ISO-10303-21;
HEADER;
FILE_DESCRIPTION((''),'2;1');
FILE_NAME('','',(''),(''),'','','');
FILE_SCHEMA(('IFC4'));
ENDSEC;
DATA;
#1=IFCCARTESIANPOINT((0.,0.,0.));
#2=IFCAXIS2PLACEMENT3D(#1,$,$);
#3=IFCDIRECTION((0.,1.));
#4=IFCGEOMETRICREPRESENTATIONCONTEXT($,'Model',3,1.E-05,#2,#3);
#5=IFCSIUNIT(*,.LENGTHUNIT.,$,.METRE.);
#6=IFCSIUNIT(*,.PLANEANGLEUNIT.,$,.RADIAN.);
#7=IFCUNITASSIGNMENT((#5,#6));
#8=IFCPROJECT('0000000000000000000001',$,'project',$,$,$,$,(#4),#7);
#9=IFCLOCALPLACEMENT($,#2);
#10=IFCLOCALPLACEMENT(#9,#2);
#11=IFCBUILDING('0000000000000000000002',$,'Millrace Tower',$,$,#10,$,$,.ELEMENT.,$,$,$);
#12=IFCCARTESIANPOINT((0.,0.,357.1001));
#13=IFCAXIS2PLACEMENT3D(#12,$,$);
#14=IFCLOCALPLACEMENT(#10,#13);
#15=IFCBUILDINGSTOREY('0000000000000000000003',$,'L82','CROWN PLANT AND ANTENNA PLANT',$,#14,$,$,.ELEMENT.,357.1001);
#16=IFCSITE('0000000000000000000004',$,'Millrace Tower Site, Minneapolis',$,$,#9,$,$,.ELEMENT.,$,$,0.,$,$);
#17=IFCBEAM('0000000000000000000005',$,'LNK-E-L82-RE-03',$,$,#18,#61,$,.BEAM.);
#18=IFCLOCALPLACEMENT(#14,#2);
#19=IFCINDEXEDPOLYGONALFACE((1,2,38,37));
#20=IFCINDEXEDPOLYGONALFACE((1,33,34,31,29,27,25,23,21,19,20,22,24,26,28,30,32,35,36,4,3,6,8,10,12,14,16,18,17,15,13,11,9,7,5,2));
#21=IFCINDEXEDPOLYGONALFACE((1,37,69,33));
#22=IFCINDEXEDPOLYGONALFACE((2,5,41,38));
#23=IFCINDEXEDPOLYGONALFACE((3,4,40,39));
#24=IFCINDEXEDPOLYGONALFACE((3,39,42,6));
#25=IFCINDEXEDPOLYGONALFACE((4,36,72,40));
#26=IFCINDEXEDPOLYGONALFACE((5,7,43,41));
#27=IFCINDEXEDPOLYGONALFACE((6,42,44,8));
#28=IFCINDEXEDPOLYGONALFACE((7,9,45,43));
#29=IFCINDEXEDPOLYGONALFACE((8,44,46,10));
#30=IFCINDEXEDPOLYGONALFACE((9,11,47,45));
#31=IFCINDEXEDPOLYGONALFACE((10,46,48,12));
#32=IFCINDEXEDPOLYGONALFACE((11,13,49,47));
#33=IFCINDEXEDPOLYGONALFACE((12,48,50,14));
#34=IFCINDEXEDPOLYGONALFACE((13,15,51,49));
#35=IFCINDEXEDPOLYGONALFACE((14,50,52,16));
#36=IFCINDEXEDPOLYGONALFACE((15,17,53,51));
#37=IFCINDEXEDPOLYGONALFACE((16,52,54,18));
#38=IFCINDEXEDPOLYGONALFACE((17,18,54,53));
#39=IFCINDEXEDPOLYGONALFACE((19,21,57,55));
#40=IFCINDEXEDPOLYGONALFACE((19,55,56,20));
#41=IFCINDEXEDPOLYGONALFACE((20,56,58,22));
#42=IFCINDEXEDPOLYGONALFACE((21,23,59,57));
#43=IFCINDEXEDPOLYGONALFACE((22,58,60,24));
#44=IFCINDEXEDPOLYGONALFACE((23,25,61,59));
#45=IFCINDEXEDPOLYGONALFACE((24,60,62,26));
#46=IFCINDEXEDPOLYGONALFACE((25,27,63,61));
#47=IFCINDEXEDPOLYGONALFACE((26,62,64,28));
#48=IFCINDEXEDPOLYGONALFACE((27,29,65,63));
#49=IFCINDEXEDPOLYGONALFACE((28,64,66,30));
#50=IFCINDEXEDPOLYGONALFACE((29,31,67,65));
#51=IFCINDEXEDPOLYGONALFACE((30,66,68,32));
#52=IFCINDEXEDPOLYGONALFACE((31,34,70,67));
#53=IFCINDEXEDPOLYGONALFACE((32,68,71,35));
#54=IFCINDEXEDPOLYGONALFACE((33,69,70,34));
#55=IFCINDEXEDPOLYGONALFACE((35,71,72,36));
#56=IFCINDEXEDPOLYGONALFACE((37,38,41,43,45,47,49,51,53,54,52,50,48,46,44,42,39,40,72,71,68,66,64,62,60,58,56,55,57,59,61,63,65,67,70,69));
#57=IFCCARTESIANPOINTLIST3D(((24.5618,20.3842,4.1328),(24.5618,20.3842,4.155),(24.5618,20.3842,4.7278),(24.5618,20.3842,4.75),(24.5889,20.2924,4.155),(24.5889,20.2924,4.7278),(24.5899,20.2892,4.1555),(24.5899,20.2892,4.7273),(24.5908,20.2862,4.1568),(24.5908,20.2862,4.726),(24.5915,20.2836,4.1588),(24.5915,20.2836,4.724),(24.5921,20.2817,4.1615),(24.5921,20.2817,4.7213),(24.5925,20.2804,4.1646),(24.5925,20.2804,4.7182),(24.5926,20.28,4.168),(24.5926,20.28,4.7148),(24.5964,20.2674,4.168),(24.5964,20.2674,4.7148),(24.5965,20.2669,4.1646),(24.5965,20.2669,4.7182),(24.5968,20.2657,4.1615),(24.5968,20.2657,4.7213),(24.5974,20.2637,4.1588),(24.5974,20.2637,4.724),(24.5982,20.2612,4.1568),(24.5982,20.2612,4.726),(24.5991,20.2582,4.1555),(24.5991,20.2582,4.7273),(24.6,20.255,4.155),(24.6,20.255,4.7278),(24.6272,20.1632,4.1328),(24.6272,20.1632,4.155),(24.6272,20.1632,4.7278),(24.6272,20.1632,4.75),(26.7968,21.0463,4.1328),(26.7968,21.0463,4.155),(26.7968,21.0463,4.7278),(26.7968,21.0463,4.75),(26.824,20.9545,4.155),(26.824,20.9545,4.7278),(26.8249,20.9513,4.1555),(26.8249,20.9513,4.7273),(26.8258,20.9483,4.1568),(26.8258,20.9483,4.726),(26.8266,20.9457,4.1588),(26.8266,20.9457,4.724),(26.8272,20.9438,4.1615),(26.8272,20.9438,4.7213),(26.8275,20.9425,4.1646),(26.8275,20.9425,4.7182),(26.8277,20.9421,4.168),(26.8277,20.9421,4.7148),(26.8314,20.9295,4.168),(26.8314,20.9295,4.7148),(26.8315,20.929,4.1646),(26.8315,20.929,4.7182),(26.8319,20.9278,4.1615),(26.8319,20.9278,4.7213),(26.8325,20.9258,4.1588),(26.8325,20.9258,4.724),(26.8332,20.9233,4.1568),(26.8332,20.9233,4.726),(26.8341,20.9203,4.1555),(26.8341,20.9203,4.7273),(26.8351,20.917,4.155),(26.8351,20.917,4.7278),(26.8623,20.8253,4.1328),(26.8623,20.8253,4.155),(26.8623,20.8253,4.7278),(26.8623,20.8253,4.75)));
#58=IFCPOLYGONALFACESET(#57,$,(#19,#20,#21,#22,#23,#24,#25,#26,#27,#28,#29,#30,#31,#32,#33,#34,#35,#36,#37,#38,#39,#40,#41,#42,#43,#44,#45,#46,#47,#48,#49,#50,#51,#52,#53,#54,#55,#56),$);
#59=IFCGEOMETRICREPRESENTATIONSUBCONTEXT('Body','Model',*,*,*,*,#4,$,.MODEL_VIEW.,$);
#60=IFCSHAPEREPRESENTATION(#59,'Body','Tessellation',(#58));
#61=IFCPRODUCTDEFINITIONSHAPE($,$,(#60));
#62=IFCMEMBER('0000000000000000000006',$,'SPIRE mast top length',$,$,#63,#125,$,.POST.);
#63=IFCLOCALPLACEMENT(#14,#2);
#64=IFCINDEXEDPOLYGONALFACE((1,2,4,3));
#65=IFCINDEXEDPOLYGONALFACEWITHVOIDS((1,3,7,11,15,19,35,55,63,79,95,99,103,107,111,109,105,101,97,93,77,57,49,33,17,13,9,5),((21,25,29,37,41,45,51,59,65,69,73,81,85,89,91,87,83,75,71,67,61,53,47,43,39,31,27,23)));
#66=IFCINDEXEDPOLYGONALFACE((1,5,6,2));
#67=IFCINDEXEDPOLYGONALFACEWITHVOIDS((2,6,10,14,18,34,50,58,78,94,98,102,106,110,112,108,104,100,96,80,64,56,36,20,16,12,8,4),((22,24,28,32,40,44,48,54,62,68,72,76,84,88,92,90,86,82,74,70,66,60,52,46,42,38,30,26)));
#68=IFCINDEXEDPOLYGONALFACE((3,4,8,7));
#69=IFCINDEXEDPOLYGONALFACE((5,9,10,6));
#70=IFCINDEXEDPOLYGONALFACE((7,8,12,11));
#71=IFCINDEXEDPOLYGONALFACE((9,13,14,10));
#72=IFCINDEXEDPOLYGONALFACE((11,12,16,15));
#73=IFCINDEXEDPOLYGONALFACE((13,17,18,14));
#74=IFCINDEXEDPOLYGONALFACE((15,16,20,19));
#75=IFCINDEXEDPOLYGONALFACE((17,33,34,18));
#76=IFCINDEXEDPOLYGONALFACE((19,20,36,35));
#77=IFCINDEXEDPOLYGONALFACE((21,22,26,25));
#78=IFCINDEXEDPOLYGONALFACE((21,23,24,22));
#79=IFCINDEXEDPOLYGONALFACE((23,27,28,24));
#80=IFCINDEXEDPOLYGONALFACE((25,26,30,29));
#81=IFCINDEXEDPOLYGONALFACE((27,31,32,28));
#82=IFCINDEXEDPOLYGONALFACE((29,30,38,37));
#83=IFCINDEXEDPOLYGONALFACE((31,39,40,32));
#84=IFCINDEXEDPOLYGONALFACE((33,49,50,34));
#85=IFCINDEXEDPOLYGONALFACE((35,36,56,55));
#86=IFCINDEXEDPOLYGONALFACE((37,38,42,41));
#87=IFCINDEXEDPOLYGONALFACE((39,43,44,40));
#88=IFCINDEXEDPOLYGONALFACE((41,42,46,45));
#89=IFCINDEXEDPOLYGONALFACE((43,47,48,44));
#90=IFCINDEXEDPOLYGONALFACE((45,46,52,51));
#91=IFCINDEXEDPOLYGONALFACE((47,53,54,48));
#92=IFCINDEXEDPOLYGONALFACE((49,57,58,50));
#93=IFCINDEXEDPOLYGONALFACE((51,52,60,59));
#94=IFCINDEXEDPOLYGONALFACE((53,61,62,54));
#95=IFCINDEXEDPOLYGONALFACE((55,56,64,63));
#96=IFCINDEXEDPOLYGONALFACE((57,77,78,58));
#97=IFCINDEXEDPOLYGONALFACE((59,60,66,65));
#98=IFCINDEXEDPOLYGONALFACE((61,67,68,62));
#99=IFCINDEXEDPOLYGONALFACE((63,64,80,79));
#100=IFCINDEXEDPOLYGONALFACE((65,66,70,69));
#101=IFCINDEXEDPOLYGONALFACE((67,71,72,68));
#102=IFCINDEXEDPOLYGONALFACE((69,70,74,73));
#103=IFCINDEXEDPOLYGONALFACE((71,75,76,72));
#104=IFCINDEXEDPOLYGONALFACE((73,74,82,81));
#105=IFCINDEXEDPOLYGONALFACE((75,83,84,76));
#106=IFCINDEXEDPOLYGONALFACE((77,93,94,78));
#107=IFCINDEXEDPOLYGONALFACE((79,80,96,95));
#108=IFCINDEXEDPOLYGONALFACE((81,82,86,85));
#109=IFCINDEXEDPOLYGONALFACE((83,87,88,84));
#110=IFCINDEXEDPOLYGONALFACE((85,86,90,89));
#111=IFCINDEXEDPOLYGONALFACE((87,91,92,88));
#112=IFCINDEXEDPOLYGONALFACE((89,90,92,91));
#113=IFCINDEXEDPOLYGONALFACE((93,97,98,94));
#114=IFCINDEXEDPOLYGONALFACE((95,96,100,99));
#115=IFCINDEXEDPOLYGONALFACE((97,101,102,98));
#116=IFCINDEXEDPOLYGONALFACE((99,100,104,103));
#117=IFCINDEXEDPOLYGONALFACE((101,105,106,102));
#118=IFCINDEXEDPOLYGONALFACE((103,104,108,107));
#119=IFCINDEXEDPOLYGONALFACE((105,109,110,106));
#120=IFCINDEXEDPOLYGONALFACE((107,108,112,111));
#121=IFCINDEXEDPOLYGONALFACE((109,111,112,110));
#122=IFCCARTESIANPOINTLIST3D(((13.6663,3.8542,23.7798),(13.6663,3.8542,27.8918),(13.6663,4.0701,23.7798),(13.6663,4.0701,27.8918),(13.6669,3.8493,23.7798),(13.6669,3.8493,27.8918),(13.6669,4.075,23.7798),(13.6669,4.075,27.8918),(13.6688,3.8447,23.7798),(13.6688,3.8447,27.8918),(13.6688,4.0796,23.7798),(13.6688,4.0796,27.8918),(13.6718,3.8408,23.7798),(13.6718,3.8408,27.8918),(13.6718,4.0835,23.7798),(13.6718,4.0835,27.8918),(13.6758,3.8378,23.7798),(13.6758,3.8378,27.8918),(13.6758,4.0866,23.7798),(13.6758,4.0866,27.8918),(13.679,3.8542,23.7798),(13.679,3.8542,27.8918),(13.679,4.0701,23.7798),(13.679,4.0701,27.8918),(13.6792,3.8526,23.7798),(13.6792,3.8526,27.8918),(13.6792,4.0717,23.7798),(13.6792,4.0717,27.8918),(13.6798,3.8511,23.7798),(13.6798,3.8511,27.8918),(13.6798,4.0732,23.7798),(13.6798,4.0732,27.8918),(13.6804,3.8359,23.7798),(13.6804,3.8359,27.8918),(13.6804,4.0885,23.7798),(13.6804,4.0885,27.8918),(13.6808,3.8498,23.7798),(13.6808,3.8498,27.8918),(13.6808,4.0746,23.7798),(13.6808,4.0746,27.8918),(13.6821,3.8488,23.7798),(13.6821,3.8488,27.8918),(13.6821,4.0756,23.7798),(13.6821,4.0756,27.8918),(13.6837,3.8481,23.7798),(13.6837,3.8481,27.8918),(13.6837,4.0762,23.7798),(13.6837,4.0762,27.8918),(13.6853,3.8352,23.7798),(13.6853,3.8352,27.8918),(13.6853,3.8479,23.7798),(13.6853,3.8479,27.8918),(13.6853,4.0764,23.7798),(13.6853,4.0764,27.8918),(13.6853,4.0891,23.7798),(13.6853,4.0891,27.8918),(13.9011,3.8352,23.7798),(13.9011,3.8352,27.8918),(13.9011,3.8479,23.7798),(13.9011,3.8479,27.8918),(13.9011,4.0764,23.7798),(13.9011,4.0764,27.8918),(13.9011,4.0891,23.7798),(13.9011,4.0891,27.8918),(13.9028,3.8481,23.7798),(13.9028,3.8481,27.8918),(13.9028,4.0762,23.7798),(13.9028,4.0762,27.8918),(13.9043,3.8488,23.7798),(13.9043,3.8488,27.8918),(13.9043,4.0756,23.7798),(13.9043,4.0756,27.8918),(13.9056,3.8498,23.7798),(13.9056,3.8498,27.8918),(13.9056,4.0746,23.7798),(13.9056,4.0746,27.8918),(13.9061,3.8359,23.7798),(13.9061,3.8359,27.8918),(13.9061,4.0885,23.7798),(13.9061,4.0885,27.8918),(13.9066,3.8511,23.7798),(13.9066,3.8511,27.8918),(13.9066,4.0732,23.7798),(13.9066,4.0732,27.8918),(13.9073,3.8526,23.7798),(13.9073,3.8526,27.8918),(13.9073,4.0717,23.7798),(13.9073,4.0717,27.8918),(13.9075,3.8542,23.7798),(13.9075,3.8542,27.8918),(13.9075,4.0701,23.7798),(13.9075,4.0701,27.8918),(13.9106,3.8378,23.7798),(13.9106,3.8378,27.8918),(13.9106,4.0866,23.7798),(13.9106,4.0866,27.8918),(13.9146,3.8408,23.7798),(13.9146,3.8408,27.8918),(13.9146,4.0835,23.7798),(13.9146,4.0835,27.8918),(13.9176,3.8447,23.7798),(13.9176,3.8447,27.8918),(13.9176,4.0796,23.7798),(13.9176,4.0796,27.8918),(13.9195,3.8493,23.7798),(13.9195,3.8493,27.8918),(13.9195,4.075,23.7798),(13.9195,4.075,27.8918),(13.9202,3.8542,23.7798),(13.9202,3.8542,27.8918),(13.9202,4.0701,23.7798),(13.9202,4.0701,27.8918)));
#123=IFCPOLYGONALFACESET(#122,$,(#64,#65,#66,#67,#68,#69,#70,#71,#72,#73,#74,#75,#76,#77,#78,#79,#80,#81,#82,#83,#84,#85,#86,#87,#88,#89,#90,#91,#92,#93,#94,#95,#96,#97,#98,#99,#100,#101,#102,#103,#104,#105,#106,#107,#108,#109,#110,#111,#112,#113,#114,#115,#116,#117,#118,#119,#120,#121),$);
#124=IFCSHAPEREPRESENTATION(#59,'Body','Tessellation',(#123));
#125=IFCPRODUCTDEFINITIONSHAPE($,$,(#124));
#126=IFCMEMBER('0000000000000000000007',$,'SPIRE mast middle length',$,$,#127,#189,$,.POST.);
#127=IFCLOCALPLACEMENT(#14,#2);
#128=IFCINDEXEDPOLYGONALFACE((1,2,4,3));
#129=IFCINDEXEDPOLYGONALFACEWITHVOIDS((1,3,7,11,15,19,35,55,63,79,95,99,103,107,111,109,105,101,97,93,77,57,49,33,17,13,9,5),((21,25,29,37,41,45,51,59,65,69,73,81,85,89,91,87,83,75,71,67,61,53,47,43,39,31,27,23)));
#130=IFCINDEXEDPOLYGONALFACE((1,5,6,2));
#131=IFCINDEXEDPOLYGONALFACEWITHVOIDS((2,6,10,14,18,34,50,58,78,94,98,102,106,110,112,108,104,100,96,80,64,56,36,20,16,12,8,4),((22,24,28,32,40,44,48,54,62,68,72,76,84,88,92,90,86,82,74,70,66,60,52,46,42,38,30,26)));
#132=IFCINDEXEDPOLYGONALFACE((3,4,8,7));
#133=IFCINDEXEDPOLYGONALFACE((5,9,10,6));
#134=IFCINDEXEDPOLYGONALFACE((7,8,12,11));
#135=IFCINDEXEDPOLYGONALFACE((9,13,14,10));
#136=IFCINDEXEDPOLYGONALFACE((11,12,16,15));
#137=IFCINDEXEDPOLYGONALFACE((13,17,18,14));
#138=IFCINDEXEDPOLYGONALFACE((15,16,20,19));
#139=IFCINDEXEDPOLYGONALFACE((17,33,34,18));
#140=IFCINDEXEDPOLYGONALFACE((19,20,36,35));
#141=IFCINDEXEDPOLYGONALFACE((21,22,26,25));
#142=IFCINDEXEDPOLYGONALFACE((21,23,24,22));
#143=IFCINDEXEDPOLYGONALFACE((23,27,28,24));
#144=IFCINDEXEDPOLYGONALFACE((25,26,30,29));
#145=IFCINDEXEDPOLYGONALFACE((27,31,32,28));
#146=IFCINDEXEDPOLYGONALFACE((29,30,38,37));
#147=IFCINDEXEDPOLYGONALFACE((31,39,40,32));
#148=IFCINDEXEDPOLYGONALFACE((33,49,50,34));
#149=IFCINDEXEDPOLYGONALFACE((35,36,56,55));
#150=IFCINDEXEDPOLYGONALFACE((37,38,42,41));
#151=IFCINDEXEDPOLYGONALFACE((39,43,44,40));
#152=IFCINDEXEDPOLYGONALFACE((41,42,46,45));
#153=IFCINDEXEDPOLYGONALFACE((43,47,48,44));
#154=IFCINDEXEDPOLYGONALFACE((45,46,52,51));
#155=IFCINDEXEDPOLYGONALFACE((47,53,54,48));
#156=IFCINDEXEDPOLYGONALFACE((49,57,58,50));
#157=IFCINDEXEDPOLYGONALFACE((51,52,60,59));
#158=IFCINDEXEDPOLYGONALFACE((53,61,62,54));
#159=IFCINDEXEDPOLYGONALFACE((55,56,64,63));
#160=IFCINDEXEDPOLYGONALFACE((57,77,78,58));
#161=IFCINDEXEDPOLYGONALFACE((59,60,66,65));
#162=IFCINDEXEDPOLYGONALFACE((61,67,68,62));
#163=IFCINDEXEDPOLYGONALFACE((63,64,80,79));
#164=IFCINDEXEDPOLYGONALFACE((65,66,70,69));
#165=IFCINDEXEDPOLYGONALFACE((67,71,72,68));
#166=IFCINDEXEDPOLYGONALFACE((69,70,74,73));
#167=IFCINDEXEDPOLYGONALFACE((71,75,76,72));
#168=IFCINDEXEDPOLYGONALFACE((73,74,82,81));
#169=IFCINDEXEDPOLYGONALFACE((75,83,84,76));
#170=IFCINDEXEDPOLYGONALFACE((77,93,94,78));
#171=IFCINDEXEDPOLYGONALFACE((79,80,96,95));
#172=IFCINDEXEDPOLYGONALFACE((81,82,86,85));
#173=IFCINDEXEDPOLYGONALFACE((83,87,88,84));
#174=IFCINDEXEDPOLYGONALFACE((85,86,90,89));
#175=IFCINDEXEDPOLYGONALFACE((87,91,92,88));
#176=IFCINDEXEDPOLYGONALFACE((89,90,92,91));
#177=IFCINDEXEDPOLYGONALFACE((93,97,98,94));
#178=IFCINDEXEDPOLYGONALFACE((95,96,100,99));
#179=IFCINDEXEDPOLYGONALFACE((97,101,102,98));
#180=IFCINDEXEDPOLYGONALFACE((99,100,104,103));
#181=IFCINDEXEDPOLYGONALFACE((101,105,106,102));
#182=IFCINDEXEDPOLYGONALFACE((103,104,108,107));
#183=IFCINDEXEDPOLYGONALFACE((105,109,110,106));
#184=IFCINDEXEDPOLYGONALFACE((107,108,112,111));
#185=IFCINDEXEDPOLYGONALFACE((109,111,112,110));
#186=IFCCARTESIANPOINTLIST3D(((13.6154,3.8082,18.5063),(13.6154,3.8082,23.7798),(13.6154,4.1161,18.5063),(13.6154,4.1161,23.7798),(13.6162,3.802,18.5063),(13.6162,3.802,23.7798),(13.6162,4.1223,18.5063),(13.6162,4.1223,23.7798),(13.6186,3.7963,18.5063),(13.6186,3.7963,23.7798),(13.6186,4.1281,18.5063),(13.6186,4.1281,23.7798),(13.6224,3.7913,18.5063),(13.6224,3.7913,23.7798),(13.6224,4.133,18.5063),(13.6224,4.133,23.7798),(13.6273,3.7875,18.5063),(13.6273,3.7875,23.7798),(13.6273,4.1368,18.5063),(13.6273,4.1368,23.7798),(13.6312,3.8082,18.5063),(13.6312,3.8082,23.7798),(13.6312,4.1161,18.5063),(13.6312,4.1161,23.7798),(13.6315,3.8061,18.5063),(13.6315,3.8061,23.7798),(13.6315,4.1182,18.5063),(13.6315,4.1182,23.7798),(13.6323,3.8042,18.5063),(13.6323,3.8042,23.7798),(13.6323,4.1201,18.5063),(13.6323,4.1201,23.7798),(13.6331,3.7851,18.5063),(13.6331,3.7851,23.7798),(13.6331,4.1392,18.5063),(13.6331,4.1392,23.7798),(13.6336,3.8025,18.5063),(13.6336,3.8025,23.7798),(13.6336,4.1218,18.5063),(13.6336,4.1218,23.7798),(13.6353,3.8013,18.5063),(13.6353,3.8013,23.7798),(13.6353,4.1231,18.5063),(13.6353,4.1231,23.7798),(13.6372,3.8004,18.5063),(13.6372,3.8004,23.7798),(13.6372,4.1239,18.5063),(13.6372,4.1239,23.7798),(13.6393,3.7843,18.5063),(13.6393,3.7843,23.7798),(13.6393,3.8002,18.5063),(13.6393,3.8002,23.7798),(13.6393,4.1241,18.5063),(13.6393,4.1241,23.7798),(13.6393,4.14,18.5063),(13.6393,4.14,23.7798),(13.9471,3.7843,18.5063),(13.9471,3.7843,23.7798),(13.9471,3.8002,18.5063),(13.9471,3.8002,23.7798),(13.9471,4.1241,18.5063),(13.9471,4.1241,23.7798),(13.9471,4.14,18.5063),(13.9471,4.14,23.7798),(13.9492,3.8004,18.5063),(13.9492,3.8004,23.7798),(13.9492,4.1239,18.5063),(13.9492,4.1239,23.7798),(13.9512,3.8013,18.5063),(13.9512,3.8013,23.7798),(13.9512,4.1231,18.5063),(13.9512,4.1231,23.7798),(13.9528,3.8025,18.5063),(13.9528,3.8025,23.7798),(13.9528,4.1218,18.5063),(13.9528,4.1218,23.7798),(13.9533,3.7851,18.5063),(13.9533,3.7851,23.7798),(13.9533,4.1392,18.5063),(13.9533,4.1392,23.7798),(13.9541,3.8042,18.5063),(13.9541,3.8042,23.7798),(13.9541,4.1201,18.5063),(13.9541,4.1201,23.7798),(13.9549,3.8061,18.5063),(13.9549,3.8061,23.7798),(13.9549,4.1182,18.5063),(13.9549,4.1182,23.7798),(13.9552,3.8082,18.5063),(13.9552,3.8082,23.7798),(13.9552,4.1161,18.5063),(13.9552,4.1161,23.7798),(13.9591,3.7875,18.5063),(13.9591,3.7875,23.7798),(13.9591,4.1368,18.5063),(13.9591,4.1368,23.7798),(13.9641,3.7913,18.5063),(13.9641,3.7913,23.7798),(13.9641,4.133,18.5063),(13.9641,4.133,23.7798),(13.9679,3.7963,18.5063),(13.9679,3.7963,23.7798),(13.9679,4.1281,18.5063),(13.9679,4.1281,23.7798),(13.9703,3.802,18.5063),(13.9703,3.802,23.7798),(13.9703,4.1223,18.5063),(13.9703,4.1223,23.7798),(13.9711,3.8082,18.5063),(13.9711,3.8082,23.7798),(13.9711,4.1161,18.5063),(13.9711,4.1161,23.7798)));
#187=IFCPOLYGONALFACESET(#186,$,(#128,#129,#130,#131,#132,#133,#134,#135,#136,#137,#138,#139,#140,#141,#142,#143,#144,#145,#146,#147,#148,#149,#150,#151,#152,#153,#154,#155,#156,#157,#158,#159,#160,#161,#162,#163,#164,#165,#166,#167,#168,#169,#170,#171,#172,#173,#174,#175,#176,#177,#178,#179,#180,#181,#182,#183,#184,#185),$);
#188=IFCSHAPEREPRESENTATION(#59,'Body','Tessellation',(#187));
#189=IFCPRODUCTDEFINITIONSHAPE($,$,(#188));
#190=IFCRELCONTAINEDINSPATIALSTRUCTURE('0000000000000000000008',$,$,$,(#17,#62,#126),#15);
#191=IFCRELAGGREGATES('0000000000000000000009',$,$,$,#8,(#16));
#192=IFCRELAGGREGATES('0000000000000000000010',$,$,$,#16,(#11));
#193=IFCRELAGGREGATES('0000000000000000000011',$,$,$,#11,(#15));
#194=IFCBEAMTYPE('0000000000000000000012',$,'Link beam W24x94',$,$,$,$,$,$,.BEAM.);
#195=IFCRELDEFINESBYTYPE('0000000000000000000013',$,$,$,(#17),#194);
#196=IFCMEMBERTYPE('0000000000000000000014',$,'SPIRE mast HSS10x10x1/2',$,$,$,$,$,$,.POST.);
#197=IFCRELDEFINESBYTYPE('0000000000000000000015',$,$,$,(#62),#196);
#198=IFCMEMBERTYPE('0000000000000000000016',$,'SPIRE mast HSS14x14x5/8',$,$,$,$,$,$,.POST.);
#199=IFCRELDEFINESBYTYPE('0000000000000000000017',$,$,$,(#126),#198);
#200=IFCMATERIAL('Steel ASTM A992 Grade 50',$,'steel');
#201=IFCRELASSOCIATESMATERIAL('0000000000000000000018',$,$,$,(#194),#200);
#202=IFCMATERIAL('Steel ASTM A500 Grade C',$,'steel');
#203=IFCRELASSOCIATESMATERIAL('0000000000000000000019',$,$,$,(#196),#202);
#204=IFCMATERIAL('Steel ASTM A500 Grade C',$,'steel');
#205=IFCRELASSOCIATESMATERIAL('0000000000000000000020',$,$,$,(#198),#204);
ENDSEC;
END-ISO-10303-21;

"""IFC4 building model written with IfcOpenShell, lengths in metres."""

from ifc_helpers import new_model, si_unit, direction, frame, origin, origin_2d, place, context, subcontext, project, spatial, hollow_rectangle, i_section, extrude, material, material_profile, profile_set, type_object, element, save


model = new_model("IFC4")

# Units and contexts
model_context = context("Model", 3, precision=1e-05, world=origin(), true_north=direction((0.0, 1.0)))
body_context = subcontext(model_context, "Body", "Model", "MODEL_VIEW")
ifc_project = project(units=[si_unit("LENGTHUNIT", "METRE"), si_unit("PLANEANGLEUNIT", "RADIAN")], contexts=[model_context])

# Site, building, storey
site_placement = place(None, origin())
site = spatial("IfcSite", under=ifc_project, at=site_placement, Name="Millrace Tower Site, Minneapolis", CompositionType="ELEMENT", RefElevation=0.0)
building_placement = place(site_placement, origin())
building = spatial("IfcBuilding", under=site, at=building_placement, Name="Millrace Tower", CompositionType="ELEMENT")
storey_placement = place(building_placement, frame((0.0, 0.0, 357.1001)))
storey = spatial("IfcBuildingStorey", under=building, at=storey_placement, Name="L82", Description="CROWN PLANT AND ANTENNA PLANT", CompositionType="ELEMENT", Elevation=357.1001)

# Beam
ifc_material_1 = material(Name="Steel ASTM A992 Grade 50", Category="steel")
ifc_material_profile_1 = material_profile(ifc_material_1, i_section(OverallWidth=0.2305, OverallDepth=0.6172, WebThickness=0.0132, FlangeThickness=0.0222, FilletRadius=0.0129, at=origin_2d()))
ifc_profile_set_1 = profile_set([ifc_material_profile_1], Name="Steel ASTM A992 Grade 50")
beam_type_1 = type_object("IfcBeamType", Name="Link beam W24x94", PredefinedType="BEAM", material=ifc_profile_set_1)
for number, where, z_axis, x_axis, name in (
    (1, (24.5945, 20.2737, 4.4414), (0.958815, 0.284031, 0.0), (-0.284031, 0.958815, 0.0), "LNK-E-L82-RE-03"),
):
    element("IfcBeam", number, at=place(storey_placement, frame(where, z_axis=z_axis, x_axis=x_axis)), inside=storey, type_object=beam_type_1, Name=name, PredefinedType="BEAM", context=body_context, shape_type="SweptSolid", body=[
        extrude(i_section(OverallWidth=0.2305, OverallDepth=0.6172, WebThickness=0.0132, FlangeThickness=0.0222, FilletRadius=0.0129, at=origin_2d()), origin(), (0.0, 0.0, 1.0), 2.3311),
    ])

# Members
ifc_material_2 = material(Name="Steel ASTM A500 Grade C", Category="steel")
ifc_material_profile_2 = material_profile(ifc_material_2, hollow_rectangle(XDim=0.2539, YDim=0.2539, WallThickness=0.0127, InnerFilletRadius=0.0063, OuterFilletRadius=0.019, at=origin_2d()))
ifc_profile_set_2 = profile_set([ifc_material_profile_2], Name="Steel ASTM A500 Grade C")
member_type_1 = type_object("IfcMemberType", Name="SPIRE mast HSS10x10x1/2", PredefinedType="POST", material=ifc_profile_set_2)
member_1_placement = place(storey_placement, frame((13.7932, 3.9622, 23.7798), z_axis=(0.0, 0.0, 1.0), x_axis=(1.0, 0.0, 0.0)))
element("IfcMember", 2, at=member_1_placement, inside=storey, type_object=member_type_1, Name="SPIRE mast top length", PredefinedType="POST", context=body_context, shape_type="SweptSolid", body=[
    extrude(hollow_rectangle(XDim=0.2539, YDim=0.2539, WallThickness=0.0127, InnerFilletRadius=0.0063, OuterFilletRadius=0.019, at=origin_2d()), origin(), (0.0, 0.0, 1.0), 4.1121),
])
ifc_material_3 = material(Name="Steel ASTM A500 Grade C", Category="steel")
ifc_material_profile_3 = material_profile(ifc_material_3, hollow_rectangle(XDim=0.3557, YDim=0.3557, WallThickness=0.0159, InnerFilletRadius=0.0081, OuterFilletRadius=0.0239, at=origin_2d()))
ifc_profile_set_3 = profile_set([ifc_material_profile_3], Name="Steel ASTM A500 Grade C")
member_type_2 = type_object("IfcMemberType", Name="SPIRE mast HSS14x14x5/8", PredefinedType="POST", material=ifc_profile_set_3)
member_2_placement = place(storey_placement, frame((13.7932, 3.9622, 18.5063), z_axis=(0.0, 0.0, 1.0), x_axis=(1.0, 0.0, 0.0)))
element("IfcMember", 3, at=member_2_placement, inside=storey, type_object=member_type_2, Name="SPIRE mast middle length", PredefinedType="POST", context=body_context, shape_type="SweptSolid", body=[
    extrude(hollow_rectangle(XDim=0.3557, YDim=0.3557, WallThickness=0.0159, InnerFilletRadius=0.0081, OuterFilletRadius=0.0239, at=origin_2d()), origin(), (0.0, 0.0, 1.0), 5.2734),
])

save(model, "model.ifc")
